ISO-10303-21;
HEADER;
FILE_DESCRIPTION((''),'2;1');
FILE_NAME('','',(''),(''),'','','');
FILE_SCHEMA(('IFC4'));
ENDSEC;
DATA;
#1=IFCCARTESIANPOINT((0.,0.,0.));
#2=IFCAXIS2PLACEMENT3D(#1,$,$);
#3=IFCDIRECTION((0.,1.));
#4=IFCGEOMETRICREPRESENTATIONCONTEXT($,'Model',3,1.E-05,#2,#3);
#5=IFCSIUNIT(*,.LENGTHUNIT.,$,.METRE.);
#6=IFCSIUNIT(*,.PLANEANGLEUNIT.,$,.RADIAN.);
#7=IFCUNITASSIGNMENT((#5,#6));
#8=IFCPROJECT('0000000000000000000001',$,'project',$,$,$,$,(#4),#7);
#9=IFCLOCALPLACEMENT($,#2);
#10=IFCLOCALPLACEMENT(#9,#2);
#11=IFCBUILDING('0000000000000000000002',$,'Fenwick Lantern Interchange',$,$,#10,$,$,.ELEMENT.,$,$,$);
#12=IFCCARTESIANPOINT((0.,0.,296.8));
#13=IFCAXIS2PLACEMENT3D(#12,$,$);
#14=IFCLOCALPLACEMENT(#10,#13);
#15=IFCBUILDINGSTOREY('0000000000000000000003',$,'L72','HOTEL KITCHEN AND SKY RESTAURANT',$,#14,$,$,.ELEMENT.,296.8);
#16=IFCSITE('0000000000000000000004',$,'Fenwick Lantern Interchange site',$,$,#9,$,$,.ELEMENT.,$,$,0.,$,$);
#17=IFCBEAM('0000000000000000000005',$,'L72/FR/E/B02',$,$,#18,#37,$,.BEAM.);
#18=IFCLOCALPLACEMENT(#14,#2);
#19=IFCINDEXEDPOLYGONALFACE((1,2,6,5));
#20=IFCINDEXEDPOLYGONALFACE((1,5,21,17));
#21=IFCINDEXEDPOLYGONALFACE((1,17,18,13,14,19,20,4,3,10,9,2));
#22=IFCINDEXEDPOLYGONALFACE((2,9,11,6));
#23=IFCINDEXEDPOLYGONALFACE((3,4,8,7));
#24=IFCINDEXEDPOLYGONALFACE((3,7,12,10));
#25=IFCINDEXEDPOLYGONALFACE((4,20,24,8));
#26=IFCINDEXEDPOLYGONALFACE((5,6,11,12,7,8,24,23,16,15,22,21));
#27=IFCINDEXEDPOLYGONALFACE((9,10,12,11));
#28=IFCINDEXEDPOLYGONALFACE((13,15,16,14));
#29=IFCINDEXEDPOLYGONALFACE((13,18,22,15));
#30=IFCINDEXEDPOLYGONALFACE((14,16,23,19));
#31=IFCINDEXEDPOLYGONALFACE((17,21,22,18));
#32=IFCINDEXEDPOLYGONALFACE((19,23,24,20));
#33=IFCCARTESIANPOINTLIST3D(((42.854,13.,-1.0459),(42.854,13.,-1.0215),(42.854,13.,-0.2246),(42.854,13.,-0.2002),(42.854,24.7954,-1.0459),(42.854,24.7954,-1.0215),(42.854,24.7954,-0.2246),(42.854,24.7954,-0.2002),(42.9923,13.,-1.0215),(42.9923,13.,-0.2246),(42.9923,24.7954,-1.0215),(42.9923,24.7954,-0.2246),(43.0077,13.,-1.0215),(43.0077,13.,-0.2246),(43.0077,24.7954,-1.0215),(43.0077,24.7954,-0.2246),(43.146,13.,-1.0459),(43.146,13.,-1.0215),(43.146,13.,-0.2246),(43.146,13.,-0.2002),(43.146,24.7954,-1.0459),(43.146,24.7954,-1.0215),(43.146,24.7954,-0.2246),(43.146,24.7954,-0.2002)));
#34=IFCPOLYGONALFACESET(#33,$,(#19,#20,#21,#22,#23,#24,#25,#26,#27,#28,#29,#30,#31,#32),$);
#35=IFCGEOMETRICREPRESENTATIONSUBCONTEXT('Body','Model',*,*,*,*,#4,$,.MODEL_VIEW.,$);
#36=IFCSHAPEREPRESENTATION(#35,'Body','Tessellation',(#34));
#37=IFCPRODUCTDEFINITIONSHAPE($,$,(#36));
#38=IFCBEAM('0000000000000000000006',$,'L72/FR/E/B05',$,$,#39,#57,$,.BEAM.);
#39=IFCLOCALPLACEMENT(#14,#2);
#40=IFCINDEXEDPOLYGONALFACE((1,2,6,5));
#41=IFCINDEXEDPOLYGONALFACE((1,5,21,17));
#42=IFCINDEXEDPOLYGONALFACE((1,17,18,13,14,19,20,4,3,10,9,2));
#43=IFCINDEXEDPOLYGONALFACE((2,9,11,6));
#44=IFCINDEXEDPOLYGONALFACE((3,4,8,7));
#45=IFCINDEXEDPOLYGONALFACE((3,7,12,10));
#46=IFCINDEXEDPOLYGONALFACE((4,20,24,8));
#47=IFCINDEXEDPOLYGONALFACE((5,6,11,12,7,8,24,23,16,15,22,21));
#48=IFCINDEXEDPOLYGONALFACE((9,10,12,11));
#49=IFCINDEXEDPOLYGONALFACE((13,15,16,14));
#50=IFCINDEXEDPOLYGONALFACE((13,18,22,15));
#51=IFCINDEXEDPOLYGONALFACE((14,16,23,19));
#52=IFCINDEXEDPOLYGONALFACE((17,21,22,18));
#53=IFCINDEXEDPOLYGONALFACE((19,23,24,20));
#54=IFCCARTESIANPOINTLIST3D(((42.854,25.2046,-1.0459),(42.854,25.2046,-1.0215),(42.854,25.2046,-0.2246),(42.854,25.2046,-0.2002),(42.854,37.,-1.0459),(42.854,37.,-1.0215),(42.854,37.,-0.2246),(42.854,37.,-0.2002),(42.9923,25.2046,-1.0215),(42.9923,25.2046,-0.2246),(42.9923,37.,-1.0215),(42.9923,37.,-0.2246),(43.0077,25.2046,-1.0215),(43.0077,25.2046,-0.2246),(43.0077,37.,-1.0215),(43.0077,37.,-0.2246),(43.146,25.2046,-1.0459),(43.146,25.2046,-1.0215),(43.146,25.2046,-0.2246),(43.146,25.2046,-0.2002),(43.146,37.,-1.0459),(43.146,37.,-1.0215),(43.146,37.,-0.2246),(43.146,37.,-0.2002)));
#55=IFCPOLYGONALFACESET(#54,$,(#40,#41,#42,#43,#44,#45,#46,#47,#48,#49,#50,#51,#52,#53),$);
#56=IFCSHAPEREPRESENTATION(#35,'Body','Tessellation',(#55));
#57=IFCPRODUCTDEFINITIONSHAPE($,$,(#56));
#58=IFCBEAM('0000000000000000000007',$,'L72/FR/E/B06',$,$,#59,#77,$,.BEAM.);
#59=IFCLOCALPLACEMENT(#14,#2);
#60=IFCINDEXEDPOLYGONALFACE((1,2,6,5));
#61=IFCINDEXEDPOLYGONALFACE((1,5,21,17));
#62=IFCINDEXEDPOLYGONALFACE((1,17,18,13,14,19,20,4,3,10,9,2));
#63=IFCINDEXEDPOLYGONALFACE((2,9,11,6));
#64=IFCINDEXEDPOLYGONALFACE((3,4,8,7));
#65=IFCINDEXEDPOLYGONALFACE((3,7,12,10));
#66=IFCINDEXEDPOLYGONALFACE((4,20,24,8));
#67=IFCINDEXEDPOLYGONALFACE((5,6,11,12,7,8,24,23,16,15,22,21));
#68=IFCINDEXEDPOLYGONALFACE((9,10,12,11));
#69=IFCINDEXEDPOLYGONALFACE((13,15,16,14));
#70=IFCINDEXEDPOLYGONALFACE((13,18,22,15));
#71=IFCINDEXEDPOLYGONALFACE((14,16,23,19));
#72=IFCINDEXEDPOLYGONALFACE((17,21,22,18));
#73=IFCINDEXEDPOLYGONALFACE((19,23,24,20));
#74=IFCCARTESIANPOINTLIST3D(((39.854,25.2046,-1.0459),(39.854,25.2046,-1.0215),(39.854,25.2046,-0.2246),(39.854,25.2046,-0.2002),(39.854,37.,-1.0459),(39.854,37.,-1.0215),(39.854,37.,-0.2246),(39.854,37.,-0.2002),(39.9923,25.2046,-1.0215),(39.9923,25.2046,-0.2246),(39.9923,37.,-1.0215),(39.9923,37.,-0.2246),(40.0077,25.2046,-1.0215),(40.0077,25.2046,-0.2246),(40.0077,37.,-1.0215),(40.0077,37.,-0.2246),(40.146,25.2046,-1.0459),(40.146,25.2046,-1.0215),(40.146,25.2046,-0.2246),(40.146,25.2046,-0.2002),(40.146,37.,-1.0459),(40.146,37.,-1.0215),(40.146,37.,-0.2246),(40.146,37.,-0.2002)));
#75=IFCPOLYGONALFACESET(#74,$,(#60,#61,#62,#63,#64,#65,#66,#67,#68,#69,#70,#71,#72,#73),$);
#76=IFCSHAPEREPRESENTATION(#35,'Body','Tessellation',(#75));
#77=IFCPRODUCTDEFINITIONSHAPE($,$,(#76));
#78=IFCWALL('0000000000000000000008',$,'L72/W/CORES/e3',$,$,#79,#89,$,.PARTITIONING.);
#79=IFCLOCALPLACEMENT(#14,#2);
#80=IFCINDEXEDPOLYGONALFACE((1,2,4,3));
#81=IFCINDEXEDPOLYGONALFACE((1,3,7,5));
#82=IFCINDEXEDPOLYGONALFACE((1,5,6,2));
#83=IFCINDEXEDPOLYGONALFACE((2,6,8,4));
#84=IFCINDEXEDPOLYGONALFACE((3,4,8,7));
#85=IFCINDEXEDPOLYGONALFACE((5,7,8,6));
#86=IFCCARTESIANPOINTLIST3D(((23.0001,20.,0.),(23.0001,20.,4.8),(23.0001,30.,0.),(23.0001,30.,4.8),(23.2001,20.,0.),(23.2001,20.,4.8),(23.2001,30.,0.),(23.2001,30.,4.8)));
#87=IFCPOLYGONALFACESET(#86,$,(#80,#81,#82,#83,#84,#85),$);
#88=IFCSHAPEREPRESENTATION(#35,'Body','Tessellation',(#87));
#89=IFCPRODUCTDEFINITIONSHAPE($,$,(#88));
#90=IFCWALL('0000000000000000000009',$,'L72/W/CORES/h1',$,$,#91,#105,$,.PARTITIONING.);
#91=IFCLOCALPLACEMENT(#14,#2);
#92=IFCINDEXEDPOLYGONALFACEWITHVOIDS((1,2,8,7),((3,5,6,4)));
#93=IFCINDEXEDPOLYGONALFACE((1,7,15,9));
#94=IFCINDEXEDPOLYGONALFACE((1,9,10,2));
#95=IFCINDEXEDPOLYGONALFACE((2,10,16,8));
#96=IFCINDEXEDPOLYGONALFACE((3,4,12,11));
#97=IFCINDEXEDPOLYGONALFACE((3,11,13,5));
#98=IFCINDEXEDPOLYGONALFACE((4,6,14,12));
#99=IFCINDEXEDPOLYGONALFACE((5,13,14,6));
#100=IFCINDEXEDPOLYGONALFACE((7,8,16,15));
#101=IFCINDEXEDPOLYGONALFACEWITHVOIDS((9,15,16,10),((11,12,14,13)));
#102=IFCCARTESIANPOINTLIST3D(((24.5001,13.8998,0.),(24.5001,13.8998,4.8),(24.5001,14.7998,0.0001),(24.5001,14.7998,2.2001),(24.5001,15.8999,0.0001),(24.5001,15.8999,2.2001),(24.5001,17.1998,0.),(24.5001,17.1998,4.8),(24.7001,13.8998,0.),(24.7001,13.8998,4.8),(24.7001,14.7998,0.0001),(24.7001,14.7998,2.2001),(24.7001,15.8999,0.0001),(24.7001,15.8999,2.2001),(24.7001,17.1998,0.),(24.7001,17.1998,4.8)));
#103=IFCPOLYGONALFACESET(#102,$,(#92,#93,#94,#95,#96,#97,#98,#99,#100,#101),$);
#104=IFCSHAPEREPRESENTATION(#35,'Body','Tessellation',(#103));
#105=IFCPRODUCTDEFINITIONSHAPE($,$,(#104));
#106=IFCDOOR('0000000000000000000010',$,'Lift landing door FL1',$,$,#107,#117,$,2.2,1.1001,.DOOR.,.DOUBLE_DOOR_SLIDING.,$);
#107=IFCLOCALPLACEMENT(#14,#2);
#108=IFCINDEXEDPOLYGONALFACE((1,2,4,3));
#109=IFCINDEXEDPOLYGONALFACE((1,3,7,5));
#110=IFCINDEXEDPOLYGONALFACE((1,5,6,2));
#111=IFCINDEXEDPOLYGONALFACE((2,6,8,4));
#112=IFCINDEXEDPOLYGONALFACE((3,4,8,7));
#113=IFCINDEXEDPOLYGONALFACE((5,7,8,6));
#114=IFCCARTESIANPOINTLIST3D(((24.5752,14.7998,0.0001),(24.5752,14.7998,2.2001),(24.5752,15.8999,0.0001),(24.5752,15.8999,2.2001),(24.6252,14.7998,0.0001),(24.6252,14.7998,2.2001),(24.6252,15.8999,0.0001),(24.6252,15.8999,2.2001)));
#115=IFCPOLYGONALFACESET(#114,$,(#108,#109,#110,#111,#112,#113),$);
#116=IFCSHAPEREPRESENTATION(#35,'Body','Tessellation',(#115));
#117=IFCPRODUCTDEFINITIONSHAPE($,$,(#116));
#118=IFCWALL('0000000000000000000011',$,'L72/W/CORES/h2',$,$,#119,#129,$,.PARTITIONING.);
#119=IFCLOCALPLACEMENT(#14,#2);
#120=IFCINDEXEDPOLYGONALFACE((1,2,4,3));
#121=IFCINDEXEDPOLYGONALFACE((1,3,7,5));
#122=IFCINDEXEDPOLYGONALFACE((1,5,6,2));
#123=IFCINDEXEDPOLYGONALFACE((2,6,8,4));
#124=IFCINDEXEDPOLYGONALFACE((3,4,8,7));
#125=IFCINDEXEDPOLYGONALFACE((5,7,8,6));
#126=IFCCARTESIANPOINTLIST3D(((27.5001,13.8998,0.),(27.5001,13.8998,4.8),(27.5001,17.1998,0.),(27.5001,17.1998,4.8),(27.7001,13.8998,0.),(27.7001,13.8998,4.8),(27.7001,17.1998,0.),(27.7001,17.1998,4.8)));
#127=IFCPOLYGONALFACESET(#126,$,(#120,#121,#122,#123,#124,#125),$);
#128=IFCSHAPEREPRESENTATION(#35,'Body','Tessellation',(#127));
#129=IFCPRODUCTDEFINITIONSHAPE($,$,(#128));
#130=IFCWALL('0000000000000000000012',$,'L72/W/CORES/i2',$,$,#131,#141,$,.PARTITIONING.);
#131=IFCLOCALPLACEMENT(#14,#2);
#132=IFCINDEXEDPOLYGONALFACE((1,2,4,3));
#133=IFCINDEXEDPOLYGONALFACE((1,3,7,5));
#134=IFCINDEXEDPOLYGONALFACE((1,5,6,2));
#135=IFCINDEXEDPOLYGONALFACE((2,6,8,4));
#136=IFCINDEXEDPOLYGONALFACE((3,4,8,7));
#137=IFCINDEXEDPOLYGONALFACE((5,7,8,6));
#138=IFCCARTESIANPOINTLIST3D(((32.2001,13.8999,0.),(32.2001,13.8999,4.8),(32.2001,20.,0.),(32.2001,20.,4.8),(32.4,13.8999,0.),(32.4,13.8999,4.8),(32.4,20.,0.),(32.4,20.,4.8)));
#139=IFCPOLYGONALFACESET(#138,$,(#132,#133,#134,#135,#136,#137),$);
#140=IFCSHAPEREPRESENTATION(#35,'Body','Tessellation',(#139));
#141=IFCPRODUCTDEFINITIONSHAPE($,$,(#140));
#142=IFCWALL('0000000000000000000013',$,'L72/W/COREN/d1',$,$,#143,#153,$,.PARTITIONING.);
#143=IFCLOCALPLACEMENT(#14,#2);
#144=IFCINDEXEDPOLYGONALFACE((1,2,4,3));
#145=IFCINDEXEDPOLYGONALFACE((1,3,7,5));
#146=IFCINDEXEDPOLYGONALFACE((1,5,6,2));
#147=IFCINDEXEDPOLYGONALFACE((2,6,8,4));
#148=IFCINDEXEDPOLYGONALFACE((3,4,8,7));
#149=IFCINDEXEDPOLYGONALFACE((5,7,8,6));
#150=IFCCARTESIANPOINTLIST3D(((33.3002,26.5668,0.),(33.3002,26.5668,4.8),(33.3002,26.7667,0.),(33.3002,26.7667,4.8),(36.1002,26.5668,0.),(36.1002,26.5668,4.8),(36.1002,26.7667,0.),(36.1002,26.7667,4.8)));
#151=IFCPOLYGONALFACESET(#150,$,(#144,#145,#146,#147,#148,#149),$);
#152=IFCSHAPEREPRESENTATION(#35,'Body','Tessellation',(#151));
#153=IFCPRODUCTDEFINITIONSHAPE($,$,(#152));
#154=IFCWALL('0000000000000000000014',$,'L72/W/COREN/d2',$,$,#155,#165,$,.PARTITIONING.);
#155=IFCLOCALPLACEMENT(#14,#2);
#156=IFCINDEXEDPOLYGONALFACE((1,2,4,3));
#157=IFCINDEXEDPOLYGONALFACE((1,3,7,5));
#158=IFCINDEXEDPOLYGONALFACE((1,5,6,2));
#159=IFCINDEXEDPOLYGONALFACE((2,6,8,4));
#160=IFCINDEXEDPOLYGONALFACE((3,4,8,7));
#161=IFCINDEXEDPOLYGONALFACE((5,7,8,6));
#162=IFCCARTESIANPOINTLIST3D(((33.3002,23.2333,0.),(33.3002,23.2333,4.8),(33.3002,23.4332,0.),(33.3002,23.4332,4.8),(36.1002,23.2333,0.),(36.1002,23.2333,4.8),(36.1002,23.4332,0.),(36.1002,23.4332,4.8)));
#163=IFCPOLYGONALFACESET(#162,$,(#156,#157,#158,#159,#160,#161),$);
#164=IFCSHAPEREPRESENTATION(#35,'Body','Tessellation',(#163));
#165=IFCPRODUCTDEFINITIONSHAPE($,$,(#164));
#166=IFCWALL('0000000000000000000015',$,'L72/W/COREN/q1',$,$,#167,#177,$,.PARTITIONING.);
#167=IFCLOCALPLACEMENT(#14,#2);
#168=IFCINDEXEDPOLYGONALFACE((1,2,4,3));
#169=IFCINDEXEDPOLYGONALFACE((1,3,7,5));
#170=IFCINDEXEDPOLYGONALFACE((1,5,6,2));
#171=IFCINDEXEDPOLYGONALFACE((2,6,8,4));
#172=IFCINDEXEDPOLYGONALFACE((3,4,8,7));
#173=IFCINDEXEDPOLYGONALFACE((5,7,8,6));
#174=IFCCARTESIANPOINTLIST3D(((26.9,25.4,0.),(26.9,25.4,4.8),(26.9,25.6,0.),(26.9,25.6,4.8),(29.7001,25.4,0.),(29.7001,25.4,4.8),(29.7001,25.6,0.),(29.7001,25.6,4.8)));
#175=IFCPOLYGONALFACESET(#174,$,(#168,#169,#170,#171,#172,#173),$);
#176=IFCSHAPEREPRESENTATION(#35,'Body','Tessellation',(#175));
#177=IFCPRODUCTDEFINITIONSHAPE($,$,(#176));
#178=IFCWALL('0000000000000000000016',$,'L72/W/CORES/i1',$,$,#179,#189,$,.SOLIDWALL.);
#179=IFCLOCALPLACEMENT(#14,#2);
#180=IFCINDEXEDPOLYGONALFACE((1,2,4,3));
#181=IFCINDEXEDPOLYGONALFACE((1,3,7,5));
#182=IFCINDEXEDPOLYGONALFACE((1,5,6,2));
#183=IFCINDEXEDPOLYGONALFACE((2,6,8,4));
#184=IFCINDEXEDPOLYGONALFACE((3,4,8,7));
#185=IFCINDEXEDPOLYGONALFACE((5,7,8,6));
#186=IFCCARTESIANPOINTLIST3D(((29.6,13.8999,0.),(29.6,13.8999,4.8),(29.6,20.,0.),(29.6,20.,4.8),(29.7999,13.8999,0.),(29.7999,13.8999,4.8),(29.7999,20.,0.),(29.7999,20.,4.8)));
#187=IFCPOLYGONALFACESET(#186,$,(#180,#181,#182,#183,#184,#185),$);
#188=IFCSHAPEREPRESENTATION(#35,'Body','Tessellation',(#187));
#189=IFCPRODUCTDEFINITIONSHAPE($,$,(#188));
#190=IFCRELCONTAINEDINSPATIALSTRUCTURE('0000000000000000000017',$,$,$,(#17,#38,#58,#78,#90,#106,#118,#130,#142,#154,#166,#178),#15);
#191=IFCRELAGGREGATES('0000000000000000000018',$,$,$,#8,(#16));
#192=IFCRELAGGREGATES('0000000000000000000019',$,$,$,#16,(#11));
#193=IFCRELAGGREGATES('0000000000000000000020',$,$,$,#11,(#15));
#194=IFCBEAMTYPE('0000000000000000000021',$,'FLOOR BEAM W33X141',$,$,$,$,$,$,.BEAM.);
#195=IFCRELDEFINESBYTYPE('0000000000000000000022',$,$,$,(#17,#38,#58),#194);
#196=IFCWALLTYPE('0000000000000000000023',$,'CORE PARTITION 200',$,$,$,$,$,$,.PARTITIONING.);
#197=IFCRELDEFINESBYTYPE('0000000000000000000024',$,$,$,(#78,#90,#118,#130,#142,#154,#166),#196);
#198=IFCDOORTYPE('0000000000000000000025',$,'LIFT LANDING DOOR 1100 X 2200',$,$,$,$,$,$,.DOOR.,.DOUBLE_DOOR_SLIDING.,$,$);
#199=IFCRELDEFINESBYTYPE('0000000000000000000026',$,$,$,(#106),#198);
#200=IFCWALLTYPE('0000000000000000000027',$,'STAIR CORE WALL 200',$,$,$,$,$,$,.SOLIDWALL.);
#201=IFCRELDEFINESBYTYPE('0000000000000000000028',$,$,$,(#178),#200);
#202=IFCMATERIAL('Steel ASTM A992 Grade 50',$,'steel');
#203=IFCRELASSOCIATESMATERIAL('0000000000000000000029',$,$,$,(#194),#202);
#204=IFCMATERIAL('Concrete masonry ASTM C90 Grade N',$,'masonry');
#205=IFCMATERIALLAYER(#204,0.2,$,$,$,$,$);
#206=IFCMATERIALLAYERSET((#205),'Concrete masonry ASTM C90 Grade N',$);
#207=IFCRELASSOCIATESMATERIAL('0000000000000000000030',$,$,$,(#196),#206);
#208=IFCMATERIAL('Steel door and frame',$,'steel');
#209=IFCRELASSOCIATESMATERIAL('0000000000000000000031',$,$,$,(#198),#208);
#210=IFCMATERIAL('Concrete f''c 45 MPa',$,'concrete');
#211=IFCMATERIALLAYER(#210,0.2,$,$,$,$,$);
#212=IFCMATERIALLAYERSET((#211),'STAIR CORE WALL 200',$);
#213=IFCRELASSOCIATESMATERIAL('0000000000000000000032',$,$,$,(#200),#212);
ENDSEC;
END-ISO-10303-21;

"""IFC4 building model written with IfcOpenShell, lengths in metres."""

from ifc_helpers import new_model, si_unit, direction, frame, frame_2d, origin, origin_2d, place, context, subcontext, project, spatial, rectangle, i_section, extrude, material, layer, layer_set, material_profile, profile_set, type_object, element, fill, save


model = new_model("IFC4")

# Units and contexts
model_context = context("Model", 3, precision=1e-05, world=origin(), true_north=direction((0.0, 1.0)))
body_context = subcontext(model_context, "Body", "Model", "MODEL_VIEW")
ifc_project = project(units=[si_unit("LENGTHUNIT", "METRE"), si_unit("PLANEANGLEUNIT", "RADIAN")], contexts=[model_context])

# Site, building, storey
site_placement = place(None, origin())
site = spatial("IfcSite", under=ifc_project, at=site_placement, Name="Fenwick Lantern Interchange site", CompositionType="ELEMENT", RefElevation=0.0)
building_placement = place(site_placement, origin())
building = spatial("IfcBuilding", under=site, at=building_placement, Name="Fenwick Lantern Interchange", CompositionType="ELEMENT")
storey_placement = place(building_placement, frame((0.0, 0.0, 296.8)))
storey = spatial("IfcBuildingStorey", under=building, at=storey_placement, Name="L72", Description="HOTEL KITCHEN AND SKY RESTAURANT", CompositionType="ELEMENT", Elevation=296.8)

# Beams
ifc_material_1 = material(Name="Steel ASTM A992 Grade 50", Category="steel")
ifc_material_profile = material_profile(ifc_material_1, i_section(OverallWidth=0.292, OverallDepth=0.8457, WebThickness=0.0154, FlangeThickness=0.0244, at=origin_2d()), Name="W33X141")
ifc_profile_set = profile_set([ifc_material_profile], Name="Steel ASTM A992 Grade 50")
beam_type = type_object("IfcBeamType", Name="FLOOR BEAM W33X141", PredefinedType="BEAM", material=ifc_profile_set)
for number, where, z_axis, x_axis, name in (
    (1, (43.0, 13.0, -0.623), (0.0, 1.0, 0.0), (-1.0, 0.0, 0.0), "L72/FR/E/B02"),
    (2, (43.0, 25.2046, -0.623), (0.0, 1.0, 0.0), (-1.0, 0.0, 0.0), "L72/FR/E/B05"),
    (3, (40.0, 25.2046, -0.623), (0.0, 1.0, 0.0), (-1.0, 0.0, 0.0), "L72/FR/E/B06"),
):
    element("IfcBeam", number, at=place(storey_placement, frame(where, z_axis=z_axis, x_axis=x_axis)), inside=storey, type_object=beam_type, Name=name, PredefinedType="BEAM", context=body_context, shape_type="SweptSolid", body=[
        extrude(i_section(OverallWidth=0.292, OverallDepth=0.8457, WebThickness=0.0154, FlangeThickness=0.0244, at=origin_2d()), origin(), (0.0, 0.0, 1.0), 11.7954),
    ])

# Wall
ifc_material_2 = material(Name="Concrete masonry ASTM C90 Grade N", Category="masonry")
ifc_layer_1 = layer(ifc_material_2, 0.2)
ifc_layer_set_1 = layer_set([ifc_layer_1], Name="Concrete masonry ASTM C90 Grade N")
wall_type_1 = type_object("IfcWallType", Name="CORE PARTITION 200", PredefinedType="PARTITIONING", material=ifc_layer_set_1)
wall_1_placement = place(storey_placement, frame((23.1001, 20.0, 0.0), z_axis=(0.0, 0.0, 1.0), x_axis=(0.0, 1.0, 0.0)))
element("IfcWall", 4, at=wall_1_placement, inside=storey, type_object=wall_type_1, Name="L72/W/CORES/e3", PredefinedType="PARTITIONING", context=body_context, shape_type="SweptSolid", body=[
    extrude(rectangle(XDim=10.0, YDim=0.2, at=frame_2d((5.0, 0.0))), origin(), (0.0, 0.0, 1.0), 4.8),
])

# Wall, opening, door
wall_2_placement = place(storey_placement, frame((24.6001, 13.8999, 0.0), z_axis=(0.0, 0.0, 1.0), x_axis=(0.0, 1.0, 0.0)))
wall_2 = element("IfcWall", 5, at=wall_2_placement, inside=storey, type_object=wall_type_1, Name="L72/W/CORES/h1", PredefinedType="PARTITIONING", context=body_context, shape_type="SweptSolid", body=[
    extrude(rectangle(XDim=3.3, YDim=0.2, at=frame_2d((1.6499, 0.0))), origin(), (0.0, 0.0, 1.0), 4.8),
])
opening_1_placement = place(wall_2_placement, frame((0.8999, 0.0, 0.0)))
opening_1 = element("IfcOpeningElement", 6, at=opening_1_placement, cuts=wall_2, PredefinedType="OPENING", context=body_context, shape_type="SweptSolid", body=[
    extrude(rectangle(XDim=1.1001, YDim=2.2, at=frame_2d((0.55, 1.1001))), frame((0.0, 0.1099, 0.0), z_axis=(0.0, -1.0, 0.0), x_axis=(1.0, 0.0, 0.0)), (0.0, 0.0, 1.0), 0.22),
])
ifc_material_3 = material(Name="Steel door and frame", Category="steel")
door_type_1 = type_object("IfcDoorType", Name="LIFT LANDING DOOR 1100 X 2200", OperationType="DOUBLE_DOOR_SLIDING", PredefinedType="DOOR", material=ifc_material_3)
door_1_placement = place(opening_1_placement, origin())
door_1 = element("IfcDoor", 7, at=door_1_placement, inside=storey, type_object=door_type_1, Name="Lift landing door FL1", OperationType="DOUBLE_DOOR_SLIDING", OverallHeight=2.2, OverallWidth=1.1001, PredefinedType="DOOR", context=body_context, shape_type="SweptSolid", body=[
    extrude(rectangle(XDim=1.1001, YDim=2.2, at=frame_2d((0.55, 1.1001))), frame((0.0, 0.0249, 0.0), z_axis=(0.0, -1.0, 0.0), x_axis=(1.0, 0.0, 0.0)), (0.0, 0.0, 1.0), 0.05),
])
fill(opening_1, door_1)

# Walls
wall_3_placement = place(storey_placement, frame((27.6001, 13.8999, 0.0), z_axis=(0.0, 0.0, 1.0), x_axis=(0.0, 1.0, 0.0)))
element("IfcWall", 8, at=wall_3_placement, inside=storey, type_object=wall_type_1, Name="L72/W/CORES/h2", PredefinedType="PARTITIONING", context=body_context, shape_type="SweptSolid", body=[
    extrude(rectangle(XDim=3.3, YDim=0.2, at=frame_2d((1.6499, 0.0))), origin(), (0.0, 0.0, 1.0), 4.8),
])
wall_4_placement = place(storey_placement, frame((32.3, 13.8999, 0.0), z_axis=(0.0, 0.0, 1.0), x_axis=(0.0, 1.0, 0.0)))
element("IfcWall", 9, at=wall_4_placement, inside=storey, type_object=wall_type_1, Name="L72/W/CORES/i2", PredefinedType="PARTITIONING", context=body_context, shape_type="SweptSolid", body=[
    extrude(rectangle(XDim=6.1001, YDim=0.2, at=frame_2d((3.05, 0.0))), origin(), (0.0, 0.0, 1.0), 4.8),
])
for number, where, z_axis, x_axis, name in (
    (10, (36.1001, 26.6667, 0.0), (0.0, 0.0, 1.0), (-1.0, 0.0, 0.0), "L72/W/COREN/d1"),
    (11, (36.1001, 23.3333, 0.0), (0.0, 0.0, 1.0), (-1.0, 0.0, 0.0), "L72/W/COREN/d2"),
    (12, (29.7, 25.5, 0.0), (0.0, 0.0, 1.0), (-1.0, 0.0, 0.0), "L72/W/COREN/q1"),
):
    element("IfcWall", number, at=place(storey_placement, frame(where, z_axis=z_axis, x_axis=x_axis)), inside=storey, type_object=wall_type_1, Name=name, PredefinedType="PARTITIONING", context=body_context, shape_type="SweptSolid", body=[
        extrude(rectangle(XDim=2.8, YDim=0.2, at=frame_2d((1.3999, 0.0))), origin(), (0.0, 0.0, 1.0), 4.8),
    ])

# Wall
ifc_material_4 = material(Name="Concrete f'c 45 MPa", Category="concrete")
ifc_layer_2 = layer(ifc_material_4, 0.2)
ifc_layer_set_2 = layer_set([ifc_layer_2], Name="STAIR CORE WALL 200")
wall_type_2 = type_object("IfcWallType", Name="STAIR CORE WALL 200", PredefinedType="SOLIDWALL", material=ifc_layer_set_2)
wall_5_placement = place(storey_placement, frame((29.7, 13.8999, 0.0), z_axis=(0.0, 0.0, 1.0), x_axis=(0.0, 1.0, 0.0)))
element("IfcWall", 13, at=wall_5_placement, inside=storey, type_object=wall_type_2, Name="L72/W/CORES/i1", PredefinedType="SOLIDWALL", context=body_context, shape_type="SweptSolid", body=[
    extrude(rectangle(XDim=6.1001, YDim=0.2, at=frame_2d((3.05, 0.0))), origin(), (0.0, 0.0, 1.0), 4.8),
])

save(model, "model.ifc")
